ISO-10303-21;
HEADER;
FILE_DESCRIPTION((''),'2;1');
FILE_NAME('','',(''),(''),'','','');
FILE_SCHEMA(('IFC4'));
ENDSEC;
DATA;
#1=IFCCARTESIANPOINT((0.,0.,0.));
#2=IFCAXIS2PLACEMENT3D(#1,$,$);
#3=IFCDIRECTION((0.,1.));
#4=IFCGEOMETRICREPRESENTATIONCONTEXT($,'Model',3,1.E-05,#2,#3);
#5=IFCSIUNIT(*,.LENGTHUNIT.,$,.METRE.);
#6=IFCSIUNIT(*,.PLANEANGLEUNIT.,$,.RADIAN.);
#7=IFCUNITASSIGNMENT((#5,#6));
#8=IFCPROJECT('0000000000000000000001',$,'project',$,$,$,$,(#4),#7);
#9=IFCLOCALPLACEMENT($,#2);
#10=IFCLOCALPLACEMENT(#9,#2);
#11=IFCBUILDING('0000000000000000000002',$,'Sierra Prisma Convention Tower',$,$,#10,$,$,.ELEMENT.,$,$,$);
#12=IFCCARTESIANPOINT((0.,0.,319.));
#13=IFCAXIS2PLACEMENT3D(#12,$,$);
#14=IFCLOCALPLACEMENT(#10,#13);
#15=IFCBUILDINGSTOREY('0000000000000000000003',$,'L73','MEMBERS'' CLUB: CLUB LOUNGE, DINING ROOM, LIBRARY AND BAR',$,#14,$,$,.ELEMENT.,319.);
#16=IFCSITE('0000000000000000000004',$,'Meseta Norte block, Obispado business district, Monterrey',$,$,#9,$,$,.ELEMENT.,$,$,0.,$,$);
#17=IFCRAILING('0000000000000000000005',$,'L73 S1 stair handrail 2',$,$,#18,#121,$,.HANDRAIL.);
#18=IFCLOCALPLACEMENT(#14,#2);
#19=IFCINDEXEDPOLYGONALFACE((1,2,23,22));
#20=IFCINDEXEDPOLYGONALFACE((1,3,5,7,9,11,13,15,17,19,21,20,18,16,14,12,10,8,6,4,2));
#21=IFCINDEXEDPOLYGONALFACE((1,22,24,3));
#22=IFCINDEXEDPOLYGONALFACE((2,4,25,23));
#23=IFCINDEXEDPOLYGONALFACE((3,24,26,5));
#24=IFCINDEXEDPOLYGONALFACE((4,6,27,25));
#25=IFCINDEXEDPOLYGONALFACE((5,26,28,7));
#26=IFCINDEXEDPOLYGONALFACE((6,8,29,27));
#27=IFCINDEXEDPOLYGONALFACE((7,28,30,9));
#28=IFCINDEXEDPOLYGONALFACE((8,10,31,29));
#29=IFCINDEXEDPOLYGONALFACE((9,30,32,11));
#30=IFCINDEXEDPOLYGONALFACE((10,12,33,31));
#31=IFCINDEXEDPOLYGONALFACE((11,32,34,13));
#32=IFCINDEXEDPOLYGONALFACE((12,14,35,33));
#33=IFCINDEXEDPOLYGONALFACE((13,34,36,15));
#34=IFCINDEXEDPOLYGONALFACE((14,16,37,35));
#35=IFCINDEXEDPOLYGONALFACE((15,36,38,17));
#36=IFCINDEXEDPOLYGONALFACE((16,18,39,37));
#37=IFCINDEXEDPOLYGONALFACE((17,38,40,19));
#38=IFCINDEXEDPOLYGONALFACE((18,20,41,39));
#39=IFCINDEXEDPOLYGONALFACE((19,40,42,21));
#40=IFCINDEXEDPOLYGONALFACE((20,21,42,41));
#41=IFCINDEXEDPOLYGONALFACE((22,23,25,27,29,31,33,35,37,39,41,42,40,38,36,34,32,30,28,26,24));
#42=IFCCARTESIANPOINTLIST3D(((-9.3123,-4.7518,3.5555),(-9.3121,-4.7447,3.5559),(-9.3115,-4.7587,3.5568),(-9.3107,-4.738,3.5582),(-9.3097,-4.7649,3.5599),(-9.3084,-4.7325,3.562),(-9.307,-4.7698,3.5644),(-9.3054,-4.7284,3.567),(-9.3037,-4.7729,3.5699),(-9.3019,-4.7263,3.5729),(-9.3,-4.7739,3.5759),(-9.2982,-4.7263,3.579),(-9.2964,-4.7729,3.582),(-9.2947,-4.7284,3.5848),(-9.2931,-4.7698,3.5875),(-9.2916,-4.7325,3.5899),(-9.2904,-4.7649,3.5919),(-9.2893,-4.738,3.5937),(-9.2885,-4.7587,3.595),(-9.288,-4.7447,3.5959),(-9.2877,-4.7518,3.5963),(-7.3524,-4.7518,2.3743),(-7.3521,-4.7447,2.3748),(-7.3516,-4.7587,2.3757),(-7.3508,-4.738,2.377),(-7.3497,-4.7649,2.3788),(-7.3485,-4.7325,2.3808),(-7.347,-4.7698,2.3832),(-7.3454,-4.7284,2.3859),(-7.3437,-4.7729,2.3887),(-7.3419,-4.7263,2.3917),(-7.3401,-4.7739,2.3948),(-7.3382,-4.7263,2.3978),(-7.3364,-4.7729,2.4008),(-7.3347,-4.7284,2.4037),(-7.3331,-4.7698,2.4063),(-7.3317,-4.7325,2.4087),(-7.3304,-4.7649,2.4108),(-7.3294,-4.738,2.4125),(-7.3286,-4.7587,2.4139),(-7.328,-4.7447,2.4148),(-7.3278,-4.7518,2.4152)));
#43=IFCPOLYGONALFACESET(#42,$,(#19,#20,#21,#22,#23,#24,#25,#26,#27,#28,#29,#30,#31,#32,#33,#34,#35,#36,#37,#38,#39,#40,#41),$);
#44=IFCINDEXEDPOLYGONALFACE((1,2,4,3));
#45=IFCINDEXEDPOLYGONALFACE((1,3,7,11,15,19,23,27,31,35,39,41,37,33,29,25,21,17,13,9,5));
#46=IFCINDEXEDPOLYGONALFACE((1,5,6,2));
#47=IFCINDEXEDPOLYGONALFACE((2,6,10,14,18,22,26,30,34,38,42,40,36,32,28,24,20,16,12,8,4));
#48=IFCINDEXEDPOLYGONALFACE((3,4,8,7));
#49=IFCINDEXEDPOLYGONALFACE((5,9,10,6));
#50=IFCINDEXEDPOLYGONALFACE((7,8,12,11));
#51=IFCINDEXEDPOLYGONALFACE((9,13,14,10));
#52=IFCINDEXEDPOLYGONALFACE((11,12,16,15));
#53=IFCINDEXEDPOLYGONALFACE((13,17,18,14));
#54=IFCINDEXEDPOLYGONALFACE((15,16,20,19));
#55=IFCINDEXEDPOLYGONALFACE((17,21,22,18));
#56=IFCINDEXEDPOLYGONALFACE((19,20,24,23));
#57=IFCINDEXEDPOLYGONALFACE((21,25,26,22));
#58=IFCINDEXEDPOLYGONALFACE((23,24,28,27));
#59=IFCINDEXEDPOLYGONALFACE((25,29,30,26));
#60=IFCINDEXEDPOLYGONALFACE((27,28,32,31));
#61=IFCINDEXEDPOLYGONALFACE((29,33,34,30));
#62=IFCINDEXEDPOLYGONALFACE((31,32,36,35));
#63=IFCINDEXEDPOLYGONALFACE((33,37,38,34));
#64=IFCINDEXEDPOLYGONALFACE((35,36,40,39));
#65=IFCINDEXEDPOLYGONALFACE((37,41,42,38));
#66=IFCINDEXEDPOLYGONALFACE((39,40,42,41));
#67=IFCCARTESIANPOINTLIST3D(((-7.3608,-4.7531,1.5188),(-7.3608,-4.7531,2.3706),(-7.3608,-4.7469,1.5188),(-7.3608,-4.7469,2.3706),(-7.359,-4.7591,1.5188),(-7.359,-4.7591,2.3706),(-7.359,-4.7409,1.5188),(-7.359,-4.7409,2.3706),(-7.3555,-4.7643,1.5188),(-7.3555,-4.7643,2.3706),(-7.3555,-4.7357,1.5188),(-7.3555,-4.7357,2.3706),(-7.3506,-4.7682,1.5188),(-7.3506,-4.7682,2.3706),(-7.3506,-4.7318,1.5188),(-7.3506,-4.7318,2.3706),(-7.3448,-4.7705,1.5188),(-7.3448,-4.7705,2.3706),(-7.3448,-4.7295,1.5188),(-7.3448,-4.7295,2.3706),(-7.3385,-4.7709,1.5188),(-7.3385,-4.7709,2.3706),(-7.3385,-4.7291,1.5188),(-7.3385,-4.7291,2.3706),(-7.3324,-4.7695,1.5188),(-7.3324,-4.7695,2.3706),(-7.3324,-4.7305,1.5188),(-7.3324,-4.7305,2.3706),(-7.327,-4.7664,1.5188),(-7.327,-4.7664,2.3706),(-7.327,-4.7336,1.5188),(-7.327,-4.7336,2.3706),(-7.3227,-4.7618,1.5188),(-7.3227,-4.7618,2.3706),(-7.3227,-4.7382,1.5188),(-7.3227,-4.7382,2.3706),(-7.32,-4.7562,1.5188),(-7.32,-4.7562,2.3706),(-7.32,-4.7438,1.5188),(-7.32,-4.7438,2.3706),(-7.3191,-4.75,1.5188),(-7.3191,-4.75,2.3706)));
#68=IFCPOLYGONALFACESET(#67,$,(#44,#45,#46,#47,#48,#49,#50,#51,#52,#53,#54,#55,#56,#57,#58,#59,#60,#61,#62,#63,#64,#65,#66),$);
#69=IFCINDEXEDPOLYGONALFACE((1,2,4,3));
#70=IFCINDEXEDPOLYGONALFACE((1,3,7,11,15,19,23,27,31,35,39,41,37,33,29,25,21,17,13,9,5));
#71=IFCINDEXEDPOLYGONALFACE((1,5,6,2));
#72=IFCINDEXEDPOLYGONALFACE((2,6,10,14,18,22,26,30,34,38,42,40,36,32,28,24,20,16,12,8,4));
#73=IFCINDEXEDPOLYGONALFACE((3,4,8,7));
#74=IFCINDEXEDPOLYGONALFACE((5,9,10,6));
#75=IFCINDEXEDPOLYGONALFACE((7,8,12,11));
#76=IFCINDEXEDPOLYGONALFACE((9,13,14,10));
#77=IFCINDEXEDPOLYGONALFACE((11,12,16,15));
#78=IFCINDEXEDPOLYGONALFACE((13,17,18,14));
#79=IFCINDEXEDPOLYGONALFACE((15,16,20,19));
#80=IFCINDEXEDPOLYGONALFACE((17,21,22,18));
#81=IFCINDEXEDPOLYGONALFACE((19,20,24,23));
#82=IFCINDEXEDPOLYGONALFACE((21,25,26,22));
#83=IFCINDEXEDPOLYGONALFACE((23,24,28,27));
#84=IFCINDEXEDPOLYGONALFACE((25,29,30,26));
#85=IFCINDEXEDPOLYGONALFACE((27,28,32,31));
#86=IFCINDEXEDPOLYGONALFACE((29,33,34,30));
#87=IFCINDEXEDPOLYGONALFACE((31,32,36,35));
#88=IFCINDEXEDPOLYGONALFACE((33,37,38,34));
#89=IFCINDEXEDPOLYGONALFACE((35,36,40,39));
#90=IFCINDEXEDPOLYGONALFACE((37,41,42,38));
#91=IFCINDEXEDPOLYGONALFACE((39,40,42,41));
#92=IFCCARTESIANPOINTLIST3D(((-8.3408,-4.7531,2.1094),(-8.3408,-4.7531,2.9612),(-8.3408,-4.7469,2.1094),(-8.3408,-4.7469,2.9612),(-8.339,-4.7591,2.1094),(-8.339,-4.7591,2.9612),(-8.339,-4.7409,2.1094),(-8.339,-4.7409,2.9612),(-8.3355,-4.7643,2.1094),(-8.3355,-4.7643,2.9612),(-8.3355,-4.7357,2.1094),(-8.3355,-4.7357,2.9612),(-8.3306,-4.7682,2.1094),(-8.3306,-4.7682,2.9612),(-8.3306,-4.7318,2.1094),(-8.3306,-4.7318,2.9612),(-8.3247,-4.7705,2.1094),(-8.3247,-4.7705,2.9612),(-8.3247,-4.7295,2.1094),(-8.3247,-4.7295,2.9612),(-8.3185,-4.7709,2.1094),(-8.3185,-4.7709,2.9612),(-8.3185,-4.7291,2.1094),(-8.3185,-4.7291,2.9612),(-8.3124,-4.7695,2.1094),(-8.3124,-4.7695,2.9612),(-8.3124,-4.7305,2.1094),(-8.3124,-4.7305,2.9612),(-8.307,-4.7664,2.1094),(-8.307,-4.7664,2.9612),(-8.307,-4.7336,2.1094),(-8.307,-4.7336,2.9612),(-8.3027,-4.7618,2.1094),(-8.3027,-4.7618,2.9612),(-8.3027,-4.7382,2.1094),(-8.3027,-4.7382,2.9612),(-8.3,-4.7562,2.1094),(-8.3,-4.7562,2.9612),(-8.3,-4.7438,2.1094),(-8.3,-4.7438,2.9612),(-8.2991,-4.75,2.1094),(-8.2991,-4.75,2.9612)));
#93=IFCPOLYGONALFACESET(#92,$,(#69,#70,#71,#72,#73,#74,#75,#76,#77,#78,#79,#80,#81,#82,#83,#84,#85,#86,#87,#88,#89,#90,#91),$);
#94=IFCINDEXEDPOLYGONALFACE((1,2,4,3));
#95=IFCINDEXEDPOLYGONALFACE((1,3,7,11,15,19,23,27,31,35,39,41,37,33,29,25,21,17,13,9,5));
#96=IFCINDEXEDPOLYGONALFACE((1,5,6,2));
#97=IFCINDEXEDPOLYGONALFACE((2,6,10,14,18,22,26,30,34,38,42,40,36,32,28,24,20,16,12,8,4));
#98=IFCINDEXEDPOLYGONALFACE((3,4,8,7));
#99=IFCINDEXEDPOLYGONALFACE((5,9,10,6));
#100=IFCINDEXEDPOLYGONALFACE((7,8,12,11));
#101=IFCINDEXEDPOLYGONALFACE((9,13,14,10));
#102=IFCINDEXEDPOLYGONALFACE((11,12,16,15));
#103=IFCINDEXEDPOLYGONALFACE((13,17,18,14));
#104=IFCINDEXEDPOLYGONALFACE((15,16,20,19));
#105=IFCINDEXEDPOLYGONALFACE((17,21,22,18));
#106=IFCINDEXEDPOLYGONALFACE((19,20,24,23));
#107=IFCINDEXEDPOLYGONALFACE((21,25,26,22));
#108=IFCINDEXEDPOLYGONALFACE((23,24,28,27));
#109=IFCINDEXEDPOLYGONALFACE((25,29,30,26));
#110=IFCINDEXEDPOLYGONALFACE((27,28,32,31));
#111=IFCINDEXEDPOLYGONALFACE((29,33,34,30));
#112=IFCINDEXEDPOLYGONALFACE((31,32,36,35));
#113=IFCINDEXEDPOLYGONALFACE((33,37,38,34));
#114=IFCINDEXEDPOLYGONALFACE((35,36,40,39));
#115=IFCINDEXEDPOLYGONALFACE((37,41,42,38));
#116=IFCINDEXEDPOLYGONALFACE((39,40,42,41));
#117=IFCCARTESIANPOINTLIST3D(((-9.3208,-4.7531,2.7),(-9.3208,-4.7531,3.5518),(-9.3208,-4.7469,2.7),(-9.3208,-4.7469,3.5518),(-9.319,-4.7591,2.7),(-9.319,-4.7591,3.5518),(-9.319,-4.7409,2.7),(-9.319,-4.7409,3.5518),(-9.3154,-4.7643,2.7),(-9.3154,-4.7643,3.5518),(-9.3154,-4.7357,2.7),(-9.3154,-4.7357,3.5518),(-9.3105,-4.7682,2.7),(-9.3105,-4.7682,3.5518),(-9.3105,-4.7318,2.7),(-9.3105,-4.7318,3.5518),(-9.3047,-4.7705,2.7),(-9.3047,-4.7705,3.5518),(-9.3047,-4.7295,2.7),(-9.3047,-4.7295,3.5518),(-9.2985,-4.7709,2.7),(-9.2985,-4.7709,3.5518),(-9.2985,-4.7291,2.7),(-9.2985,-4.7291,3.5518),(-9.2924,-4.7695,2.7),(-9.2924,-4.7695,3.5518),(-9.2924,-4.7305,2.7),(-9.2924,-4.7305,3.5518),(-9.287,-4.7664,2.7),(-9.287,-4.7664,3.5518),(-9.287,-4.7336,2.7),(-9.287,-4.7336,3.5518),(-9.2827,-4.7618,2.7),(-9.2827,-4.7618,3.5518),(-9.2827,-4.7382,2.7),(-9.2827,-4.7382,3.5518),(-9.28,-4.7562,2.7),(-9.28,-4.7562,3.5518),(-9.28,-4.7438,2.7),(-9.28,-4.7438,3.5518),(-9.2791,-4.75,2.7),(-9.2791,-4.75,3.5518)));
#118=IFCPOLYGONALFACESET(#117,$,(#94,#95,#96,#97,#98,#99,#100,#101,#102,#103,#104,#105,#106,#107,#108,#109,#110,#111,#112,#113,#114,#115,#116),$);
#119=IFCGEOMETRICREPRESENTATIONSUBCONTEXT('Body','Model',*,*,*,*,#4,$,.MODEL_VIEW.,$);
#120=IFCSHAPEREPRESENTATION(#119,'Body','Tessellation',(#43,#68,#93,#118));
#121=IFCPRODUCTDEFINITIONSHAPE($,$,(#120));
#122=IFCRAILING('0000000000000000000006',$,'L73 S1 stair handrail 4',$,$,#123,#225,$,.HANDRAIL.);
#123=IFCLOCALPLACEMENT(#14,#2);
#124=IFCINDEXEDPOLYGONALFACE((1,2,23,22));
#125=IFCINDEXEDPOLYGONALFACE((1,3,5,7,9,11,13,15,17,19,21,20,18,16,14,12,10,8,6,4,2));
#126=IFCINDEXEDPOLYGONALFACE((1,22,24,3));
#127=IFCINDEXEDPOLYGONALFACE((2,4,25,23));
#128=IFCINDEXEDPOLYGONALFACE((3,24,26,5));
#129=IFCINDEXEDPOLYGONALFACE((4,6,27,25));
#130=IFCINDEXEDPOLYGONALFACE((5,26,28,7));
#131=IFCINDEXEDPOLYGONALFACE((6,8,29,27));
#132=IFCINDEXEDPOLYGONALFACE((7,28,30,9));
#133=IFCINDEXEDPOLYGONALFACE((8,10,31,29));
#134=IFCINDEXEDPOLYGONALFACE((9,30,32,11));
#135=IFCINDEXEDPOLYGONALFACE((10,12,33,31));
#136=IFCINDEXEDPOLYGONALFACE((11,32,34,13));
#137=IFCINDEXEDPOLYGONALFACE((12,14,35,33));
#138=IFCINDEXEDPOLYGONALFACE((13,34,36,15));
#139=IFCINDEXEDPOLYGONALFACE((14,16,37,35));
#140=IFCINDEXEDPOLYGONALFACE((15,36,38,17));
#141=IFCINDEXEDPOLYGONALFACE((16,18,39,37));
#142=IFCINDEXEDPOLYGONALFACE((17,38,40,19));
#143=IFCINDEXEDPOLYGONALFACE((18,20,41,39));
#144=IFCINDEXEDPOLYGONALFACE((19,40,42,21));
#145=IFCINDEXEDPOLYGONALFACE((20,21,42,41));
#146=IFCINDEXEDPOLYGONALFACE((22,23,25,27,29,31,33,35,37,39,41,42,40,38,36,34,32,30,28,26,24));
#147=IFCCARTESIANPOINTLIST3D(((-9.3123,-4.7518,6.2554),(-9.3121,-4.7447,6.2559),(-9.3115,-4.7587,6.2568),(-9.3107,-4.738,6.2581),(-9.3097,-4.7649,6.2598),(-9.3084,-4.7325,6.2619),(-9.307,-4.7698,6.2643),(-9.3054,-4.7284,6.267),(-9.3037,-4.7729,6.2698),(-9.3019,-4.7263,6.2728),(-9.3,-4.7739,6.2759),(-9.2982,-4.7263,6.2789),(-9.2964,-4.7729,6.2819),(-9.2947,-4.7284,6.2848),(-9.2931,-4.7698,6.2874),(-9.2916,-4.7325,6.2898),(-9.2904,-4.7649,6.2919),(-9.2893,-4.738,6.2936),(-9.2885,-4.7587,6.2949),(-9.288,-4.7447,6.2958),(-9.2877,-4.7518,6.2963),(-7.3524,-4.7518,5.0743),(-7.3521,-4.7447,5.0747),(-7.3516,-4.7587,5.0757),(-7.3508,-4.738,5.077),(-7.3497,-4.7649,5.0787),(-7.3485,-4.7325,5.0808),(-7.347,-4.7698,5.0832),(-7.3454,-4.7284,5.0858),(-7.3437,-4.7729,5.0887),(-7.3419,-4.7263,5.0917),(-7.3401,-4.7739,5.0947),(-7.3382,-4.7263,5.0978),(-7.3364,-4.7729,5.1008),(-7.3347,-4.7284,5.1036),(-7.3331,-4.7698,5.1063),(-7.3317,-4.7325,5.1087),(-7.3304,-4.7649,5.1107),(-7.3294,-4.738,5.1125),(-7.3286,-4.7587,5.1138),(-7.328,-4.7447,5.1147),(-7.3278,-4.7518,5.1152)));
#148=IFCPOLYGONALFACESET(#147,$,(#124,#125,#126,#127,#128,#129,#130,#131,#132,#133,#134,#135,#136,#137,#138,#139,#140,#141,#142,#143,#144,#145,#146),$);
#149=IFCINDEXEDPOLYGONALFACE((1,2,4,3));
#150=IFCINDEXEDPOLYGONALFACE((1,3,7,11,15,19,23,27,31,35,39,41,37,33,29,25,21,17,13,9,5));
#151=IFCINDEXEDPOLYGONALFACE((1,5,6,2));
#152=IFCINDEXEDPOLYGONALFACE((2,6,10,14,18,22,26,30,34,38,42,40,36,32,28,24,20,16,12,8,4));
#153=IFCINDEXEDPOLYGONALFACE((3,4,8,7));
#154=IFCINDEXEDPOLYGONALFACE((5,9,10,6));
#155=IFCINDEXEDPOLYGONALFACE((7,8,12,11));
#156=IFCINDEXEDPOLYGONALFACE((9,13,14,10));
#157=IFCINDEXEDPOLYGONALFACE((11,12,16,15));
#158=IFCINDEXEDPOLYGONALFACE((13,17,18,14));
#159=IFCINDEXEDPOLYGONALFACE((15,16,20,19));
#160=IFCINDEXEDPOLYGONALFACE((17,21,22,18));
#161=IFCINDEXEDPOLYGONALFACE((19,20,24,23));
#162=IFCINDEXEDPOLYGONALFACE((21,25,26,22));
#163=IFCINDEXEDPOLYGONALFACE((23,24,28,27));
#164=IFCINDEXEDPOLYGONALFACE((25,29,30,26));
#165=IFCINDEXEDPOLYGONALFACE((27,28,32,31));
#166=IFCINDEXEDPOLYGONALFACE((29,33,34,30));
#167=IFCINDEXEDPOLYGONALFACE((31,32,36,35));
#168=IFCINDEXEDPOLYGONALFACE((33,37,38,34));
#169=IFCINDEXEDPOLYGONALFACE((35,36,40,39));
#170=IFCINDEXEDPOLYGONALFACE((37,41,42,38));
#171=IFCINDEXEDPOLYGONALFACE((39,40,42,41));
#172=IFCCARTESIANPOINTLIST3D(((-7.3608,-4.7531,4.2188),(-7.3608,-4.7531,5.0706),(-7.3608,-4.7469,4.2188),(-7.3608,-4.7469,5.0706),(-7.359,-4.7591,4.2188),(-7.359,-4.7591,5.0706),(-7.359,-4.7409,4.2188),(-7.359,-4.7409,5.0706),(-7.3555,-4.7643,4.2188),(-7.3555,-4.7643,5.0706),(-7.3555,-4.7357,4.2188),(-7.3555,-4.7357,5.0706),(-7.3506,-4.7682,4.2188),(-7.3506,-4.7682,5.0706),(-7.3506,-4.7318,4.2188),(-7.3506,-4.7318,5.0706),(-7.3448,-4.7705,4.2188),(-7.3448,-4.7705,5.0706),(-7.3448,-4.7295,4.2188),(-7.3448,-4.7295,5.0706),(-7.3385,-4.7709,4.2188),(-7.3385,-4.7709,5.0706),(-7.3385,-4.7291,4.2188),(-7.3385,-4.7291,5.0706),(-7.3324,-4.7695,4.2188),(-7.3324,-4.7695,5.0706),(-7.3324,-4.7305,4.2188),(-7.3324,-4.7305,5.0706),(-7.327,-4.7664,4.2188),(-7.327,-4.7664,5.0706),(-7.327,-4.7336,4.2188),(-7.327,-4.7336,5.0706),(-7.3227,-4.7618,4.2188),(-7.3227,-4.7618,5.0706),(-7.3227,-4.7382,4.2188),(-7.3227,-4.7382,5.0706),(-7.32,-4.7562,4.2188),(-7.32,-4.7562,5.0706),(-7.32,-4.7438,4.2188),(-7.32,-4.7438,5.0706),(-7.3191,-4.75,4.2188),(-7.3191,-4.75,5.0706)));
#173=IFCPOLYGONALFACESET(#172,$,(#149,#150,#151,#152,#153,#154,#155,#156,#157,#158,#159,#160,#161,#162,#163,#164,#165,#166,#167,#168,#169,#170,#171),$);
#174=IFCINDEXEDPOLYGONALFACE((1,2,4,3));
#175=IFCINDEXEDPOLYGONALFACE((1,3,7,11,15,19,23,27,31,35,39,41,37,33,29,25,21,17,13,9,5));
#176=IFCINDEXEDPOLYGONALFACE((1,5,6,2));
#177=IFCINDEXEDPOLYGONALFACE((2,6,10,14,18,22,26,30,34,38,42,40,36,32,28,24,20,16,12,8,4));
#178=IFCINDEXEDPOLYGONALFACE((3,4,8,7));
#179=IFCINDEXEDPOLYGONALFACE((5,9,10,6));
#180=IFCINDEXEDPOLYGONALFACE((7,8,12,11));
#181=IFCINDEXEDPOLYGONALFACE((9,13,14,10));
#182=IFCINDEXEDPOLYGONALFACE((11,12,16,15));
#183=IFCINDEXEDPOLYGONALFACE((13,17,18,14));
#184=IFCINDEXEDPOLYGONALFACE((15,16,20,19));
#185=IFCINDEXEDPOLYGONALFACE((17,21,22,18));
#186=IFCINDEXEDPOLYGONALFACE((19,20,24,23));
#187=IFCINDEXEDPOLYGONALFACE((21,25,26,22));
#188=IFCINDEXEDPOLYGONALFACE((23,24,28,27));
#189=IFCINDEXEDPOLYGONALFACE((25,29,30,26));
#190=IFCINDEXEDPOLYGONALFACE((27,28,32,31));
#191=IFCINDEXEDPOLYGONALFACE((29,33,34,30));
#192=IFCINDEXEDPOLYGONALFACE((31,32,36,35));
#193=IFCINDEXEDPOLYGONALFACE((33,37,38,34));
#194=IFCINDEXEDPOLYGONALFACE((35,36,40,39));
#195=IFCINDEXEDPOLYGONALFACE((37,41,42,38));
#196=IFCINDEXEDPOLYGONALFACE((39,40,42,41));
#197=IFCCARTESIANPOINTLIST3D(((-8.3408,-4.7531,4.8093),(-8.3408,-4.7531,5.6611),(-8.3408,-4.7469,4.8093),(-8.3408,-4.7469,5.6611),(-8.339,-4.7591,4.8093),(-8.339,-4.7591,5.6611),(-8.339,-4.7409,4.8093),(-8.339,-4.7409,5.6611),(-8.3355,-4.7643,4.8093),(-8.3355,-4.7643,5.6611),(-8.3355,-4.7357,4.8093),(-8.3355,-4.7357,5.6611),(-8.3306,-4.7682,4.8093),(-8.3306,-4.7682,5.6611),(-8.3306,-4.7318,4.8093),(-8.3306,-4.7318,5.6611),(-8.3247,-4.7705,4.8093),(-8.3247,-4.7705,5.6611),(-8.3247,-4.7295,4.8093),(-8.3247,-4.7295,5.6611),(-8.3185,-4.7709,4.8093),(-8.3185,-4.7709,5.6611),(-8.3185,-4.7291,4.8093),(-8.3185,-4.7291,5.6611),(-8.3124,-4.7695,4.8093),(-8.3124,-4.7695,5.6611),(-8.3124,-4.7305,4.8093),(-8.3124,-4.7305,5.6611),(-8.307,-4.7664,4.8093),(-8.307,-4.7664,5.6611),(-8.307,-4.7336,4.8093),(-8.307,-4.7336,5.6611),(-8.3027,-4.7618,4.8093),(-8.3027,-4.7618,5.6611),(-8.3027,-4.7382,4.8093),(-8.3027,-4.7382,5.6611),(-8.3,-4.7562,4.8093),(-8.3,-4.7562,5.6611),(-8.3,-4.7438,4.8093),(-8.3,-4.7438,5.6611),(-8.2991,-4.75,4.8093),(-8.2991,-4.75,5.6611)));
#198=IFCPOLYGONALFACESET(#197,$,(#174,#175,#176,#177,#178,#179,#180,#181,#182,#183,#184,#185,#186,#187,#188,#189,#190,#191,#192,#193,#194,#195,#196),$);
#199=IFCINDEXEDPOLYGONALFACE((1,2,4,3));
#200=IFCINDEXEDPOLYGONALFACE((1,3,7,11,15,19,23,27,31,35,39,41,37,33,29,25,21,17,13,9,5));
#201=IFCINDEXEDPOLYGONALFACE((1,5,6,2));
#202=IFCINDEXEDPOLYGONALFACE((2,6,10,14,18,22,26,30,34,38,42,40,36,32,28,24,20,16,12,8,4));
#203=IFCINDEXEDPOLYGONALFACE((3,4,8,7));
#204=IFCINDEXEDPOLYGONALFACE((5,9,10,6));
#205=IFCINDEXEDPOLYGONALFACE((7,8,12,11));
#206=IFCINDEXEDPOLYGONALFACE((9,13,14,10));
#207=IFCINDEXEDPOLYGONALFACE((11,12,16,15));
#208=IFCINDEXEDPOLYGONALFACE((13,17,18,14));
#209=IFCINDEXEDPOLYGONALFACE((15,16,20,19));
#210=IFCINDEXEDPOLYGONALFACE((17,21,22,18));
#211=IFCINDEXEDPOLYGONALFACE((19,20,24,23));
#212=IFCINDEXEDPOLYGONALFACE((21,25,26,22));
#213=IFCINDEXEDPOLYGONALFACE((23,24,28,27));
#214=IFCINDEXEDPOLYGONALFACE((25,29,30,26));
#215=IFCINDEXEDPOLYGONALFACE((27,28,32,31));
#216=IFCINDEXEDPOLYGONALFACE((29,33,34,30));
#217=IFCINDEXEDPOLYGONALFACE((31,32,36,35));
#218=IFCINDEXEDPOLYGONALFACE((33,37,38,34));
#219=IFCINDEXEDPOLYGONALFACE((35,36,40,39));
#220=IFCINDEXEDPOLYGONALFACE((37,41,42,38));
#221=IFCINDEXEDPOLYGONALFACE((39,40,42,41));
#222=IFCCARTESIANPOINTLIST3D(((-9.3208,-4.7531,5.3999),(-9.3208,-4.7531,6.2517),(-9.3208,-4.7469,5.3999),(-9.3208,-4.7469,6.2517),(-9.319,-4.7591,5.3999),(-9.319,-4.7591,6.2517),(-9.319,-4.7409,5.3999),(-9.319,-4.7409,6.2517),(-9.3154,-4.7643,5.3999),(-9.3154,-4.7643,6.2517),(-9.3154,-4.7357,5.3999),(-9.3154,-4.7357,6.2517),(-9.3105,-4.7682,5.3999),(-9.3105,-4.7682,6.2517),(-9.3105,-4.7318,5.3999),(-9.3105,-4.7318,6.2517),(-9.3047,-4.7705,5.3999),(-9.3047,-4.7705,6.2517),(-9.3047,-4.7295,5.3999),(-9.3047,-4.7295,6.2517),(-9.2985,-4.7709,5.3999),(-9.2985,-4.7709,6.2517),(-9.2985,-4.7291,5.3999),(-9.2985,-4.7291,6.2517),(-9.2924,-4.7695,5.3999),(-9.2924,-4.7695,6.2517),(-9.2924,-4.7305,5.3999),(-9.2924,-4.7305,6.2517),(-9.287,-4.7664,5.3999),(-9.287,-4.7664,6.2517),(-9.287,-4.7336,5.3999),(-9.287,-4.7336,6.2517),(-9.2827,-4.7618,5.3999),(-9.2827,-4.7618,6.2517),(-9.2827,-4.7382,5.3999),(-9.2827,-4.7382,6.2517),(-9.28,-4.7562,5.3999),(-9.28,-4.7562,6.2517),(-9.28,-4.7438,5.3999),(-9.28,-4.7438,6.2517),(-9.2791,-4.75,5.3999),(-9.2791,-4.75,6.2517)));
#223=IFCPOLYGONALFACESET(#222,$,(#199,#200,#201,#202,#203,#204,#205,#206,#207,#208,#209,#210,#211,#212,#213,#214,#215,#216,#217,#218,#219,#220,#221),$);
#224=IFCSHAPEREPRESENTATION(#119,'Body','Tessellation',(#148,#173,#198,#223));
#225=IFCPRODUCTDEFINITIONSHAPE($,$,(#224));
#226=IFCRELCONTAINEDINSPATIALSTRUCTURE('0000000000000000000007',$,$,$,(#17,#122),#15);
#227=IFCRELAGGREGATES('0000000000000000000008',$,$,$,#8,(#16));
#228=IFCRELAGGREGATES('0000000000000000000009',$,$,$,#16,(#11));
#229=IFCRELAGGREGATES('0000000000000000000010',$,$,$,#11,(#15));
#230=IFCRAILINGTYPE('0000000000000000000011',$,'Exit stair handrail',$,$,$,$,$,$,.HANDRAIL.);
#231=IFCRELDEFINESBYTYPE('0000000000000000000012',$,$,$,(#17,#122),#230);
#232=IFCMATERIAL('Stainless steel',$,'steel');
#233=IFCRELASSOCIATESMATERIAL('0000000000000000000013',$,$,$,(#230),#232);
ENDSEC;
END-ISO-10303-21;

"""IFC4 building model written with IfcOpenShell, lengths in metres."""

from ifc_helpers import new_model, si_unit, direction, frame, origin, origin_2d, place, context, subcontext, project, spatial, circle, extrude, material, type_object, element, save


model = new_model("IFC4")

# Units and contexts
model_context = context("Model", 3, precision=1e-05, world=origin(), true_north=direction((0.0, 1.0)))
body_context = subcontext(model_context, "Body", "Model", "MODEL_VIEW")
ifc_project = project(units=[si_unit("LENGTHUNIT", "METRE"), si_unit("PLANEANGLEUNIT", "RADIAN")], contexts=[model_context])

# Site, building, storey
site_placement = place(None, origin())
site = spatial("IfcSite", under=ifc_project, at=site_placement, Name="Meseta Norte block, Obispado business district, Monterrey", CompositionType="ELEMENT", RefElevation=0.0)
building_placement = place(site_placement, origin())
building = spatial("IfcBuilding", under=site, at=building_placement, Name="Sierra Prisma Convention Tower", CompositionType="ELEMENT")
storey_placement = place(building_placement, frame((0.0, 0.0, 319.0)))
storey = spatial("IfcBuildingStorey", under=building, at=storey_placement, Name="L73", Description="MEMBERS' CLUB: CLUB LOUNGE, DINING ROOM, LIBRARY AND BAR", CompositionType="ELEMENT", Elevation=319.0)

# Railings
ifc_material_1 = material(Name="Stainless steel", Category="steel")
railing_type_1 = type_object("IfcRailingType", Name="Exit stair handrail", PredefinedType="HANDRAIL", material=ifc_material_1)
for number, where, name in (
    (1, (-7.3401, -4.75, 1.5188), "L73 S1 stair handrail 2"),
    (2, (-7.3401, -4.75, 4.2188), "L73 S1 stair handrail 4"),
):
    element("IfcRailing", number, at=place(storey_placement, frame(where)), inside=storey, type_object=railing_type_1, Name=name, PredefinedType="HANDRAIL", context=body_context, shape_type="SweptSolid", body=[
        extrude(circle(Radius=0.0239, at=origin_2d()), frame((0.0, 0.0, 0.876), z_axis=(-0.856493, 0.0, 0.516158), x_axis=(0.0, -1.0, 0.0)), (0.0, 0.0, 1.0), 2.2883),
        extrude(circle(Radius=0.021, at=origin_2d()), origin(), (0.0, 0.0, 1.0), 0.8518),
        extrude(circle(Radius=0.021, at=origin_2d()), frame((-0.98, 0.0, 0.5906)), (0.0, 0.0, 1.0), 0.8518),
        extrude(circle(Radius=0.021, at=origin_2d()), frame((-1.96, 0.0, 1.1812)), (0.0, 0.0, 1.0), 0.8518),
    ])

save(model, "model.ifc")
